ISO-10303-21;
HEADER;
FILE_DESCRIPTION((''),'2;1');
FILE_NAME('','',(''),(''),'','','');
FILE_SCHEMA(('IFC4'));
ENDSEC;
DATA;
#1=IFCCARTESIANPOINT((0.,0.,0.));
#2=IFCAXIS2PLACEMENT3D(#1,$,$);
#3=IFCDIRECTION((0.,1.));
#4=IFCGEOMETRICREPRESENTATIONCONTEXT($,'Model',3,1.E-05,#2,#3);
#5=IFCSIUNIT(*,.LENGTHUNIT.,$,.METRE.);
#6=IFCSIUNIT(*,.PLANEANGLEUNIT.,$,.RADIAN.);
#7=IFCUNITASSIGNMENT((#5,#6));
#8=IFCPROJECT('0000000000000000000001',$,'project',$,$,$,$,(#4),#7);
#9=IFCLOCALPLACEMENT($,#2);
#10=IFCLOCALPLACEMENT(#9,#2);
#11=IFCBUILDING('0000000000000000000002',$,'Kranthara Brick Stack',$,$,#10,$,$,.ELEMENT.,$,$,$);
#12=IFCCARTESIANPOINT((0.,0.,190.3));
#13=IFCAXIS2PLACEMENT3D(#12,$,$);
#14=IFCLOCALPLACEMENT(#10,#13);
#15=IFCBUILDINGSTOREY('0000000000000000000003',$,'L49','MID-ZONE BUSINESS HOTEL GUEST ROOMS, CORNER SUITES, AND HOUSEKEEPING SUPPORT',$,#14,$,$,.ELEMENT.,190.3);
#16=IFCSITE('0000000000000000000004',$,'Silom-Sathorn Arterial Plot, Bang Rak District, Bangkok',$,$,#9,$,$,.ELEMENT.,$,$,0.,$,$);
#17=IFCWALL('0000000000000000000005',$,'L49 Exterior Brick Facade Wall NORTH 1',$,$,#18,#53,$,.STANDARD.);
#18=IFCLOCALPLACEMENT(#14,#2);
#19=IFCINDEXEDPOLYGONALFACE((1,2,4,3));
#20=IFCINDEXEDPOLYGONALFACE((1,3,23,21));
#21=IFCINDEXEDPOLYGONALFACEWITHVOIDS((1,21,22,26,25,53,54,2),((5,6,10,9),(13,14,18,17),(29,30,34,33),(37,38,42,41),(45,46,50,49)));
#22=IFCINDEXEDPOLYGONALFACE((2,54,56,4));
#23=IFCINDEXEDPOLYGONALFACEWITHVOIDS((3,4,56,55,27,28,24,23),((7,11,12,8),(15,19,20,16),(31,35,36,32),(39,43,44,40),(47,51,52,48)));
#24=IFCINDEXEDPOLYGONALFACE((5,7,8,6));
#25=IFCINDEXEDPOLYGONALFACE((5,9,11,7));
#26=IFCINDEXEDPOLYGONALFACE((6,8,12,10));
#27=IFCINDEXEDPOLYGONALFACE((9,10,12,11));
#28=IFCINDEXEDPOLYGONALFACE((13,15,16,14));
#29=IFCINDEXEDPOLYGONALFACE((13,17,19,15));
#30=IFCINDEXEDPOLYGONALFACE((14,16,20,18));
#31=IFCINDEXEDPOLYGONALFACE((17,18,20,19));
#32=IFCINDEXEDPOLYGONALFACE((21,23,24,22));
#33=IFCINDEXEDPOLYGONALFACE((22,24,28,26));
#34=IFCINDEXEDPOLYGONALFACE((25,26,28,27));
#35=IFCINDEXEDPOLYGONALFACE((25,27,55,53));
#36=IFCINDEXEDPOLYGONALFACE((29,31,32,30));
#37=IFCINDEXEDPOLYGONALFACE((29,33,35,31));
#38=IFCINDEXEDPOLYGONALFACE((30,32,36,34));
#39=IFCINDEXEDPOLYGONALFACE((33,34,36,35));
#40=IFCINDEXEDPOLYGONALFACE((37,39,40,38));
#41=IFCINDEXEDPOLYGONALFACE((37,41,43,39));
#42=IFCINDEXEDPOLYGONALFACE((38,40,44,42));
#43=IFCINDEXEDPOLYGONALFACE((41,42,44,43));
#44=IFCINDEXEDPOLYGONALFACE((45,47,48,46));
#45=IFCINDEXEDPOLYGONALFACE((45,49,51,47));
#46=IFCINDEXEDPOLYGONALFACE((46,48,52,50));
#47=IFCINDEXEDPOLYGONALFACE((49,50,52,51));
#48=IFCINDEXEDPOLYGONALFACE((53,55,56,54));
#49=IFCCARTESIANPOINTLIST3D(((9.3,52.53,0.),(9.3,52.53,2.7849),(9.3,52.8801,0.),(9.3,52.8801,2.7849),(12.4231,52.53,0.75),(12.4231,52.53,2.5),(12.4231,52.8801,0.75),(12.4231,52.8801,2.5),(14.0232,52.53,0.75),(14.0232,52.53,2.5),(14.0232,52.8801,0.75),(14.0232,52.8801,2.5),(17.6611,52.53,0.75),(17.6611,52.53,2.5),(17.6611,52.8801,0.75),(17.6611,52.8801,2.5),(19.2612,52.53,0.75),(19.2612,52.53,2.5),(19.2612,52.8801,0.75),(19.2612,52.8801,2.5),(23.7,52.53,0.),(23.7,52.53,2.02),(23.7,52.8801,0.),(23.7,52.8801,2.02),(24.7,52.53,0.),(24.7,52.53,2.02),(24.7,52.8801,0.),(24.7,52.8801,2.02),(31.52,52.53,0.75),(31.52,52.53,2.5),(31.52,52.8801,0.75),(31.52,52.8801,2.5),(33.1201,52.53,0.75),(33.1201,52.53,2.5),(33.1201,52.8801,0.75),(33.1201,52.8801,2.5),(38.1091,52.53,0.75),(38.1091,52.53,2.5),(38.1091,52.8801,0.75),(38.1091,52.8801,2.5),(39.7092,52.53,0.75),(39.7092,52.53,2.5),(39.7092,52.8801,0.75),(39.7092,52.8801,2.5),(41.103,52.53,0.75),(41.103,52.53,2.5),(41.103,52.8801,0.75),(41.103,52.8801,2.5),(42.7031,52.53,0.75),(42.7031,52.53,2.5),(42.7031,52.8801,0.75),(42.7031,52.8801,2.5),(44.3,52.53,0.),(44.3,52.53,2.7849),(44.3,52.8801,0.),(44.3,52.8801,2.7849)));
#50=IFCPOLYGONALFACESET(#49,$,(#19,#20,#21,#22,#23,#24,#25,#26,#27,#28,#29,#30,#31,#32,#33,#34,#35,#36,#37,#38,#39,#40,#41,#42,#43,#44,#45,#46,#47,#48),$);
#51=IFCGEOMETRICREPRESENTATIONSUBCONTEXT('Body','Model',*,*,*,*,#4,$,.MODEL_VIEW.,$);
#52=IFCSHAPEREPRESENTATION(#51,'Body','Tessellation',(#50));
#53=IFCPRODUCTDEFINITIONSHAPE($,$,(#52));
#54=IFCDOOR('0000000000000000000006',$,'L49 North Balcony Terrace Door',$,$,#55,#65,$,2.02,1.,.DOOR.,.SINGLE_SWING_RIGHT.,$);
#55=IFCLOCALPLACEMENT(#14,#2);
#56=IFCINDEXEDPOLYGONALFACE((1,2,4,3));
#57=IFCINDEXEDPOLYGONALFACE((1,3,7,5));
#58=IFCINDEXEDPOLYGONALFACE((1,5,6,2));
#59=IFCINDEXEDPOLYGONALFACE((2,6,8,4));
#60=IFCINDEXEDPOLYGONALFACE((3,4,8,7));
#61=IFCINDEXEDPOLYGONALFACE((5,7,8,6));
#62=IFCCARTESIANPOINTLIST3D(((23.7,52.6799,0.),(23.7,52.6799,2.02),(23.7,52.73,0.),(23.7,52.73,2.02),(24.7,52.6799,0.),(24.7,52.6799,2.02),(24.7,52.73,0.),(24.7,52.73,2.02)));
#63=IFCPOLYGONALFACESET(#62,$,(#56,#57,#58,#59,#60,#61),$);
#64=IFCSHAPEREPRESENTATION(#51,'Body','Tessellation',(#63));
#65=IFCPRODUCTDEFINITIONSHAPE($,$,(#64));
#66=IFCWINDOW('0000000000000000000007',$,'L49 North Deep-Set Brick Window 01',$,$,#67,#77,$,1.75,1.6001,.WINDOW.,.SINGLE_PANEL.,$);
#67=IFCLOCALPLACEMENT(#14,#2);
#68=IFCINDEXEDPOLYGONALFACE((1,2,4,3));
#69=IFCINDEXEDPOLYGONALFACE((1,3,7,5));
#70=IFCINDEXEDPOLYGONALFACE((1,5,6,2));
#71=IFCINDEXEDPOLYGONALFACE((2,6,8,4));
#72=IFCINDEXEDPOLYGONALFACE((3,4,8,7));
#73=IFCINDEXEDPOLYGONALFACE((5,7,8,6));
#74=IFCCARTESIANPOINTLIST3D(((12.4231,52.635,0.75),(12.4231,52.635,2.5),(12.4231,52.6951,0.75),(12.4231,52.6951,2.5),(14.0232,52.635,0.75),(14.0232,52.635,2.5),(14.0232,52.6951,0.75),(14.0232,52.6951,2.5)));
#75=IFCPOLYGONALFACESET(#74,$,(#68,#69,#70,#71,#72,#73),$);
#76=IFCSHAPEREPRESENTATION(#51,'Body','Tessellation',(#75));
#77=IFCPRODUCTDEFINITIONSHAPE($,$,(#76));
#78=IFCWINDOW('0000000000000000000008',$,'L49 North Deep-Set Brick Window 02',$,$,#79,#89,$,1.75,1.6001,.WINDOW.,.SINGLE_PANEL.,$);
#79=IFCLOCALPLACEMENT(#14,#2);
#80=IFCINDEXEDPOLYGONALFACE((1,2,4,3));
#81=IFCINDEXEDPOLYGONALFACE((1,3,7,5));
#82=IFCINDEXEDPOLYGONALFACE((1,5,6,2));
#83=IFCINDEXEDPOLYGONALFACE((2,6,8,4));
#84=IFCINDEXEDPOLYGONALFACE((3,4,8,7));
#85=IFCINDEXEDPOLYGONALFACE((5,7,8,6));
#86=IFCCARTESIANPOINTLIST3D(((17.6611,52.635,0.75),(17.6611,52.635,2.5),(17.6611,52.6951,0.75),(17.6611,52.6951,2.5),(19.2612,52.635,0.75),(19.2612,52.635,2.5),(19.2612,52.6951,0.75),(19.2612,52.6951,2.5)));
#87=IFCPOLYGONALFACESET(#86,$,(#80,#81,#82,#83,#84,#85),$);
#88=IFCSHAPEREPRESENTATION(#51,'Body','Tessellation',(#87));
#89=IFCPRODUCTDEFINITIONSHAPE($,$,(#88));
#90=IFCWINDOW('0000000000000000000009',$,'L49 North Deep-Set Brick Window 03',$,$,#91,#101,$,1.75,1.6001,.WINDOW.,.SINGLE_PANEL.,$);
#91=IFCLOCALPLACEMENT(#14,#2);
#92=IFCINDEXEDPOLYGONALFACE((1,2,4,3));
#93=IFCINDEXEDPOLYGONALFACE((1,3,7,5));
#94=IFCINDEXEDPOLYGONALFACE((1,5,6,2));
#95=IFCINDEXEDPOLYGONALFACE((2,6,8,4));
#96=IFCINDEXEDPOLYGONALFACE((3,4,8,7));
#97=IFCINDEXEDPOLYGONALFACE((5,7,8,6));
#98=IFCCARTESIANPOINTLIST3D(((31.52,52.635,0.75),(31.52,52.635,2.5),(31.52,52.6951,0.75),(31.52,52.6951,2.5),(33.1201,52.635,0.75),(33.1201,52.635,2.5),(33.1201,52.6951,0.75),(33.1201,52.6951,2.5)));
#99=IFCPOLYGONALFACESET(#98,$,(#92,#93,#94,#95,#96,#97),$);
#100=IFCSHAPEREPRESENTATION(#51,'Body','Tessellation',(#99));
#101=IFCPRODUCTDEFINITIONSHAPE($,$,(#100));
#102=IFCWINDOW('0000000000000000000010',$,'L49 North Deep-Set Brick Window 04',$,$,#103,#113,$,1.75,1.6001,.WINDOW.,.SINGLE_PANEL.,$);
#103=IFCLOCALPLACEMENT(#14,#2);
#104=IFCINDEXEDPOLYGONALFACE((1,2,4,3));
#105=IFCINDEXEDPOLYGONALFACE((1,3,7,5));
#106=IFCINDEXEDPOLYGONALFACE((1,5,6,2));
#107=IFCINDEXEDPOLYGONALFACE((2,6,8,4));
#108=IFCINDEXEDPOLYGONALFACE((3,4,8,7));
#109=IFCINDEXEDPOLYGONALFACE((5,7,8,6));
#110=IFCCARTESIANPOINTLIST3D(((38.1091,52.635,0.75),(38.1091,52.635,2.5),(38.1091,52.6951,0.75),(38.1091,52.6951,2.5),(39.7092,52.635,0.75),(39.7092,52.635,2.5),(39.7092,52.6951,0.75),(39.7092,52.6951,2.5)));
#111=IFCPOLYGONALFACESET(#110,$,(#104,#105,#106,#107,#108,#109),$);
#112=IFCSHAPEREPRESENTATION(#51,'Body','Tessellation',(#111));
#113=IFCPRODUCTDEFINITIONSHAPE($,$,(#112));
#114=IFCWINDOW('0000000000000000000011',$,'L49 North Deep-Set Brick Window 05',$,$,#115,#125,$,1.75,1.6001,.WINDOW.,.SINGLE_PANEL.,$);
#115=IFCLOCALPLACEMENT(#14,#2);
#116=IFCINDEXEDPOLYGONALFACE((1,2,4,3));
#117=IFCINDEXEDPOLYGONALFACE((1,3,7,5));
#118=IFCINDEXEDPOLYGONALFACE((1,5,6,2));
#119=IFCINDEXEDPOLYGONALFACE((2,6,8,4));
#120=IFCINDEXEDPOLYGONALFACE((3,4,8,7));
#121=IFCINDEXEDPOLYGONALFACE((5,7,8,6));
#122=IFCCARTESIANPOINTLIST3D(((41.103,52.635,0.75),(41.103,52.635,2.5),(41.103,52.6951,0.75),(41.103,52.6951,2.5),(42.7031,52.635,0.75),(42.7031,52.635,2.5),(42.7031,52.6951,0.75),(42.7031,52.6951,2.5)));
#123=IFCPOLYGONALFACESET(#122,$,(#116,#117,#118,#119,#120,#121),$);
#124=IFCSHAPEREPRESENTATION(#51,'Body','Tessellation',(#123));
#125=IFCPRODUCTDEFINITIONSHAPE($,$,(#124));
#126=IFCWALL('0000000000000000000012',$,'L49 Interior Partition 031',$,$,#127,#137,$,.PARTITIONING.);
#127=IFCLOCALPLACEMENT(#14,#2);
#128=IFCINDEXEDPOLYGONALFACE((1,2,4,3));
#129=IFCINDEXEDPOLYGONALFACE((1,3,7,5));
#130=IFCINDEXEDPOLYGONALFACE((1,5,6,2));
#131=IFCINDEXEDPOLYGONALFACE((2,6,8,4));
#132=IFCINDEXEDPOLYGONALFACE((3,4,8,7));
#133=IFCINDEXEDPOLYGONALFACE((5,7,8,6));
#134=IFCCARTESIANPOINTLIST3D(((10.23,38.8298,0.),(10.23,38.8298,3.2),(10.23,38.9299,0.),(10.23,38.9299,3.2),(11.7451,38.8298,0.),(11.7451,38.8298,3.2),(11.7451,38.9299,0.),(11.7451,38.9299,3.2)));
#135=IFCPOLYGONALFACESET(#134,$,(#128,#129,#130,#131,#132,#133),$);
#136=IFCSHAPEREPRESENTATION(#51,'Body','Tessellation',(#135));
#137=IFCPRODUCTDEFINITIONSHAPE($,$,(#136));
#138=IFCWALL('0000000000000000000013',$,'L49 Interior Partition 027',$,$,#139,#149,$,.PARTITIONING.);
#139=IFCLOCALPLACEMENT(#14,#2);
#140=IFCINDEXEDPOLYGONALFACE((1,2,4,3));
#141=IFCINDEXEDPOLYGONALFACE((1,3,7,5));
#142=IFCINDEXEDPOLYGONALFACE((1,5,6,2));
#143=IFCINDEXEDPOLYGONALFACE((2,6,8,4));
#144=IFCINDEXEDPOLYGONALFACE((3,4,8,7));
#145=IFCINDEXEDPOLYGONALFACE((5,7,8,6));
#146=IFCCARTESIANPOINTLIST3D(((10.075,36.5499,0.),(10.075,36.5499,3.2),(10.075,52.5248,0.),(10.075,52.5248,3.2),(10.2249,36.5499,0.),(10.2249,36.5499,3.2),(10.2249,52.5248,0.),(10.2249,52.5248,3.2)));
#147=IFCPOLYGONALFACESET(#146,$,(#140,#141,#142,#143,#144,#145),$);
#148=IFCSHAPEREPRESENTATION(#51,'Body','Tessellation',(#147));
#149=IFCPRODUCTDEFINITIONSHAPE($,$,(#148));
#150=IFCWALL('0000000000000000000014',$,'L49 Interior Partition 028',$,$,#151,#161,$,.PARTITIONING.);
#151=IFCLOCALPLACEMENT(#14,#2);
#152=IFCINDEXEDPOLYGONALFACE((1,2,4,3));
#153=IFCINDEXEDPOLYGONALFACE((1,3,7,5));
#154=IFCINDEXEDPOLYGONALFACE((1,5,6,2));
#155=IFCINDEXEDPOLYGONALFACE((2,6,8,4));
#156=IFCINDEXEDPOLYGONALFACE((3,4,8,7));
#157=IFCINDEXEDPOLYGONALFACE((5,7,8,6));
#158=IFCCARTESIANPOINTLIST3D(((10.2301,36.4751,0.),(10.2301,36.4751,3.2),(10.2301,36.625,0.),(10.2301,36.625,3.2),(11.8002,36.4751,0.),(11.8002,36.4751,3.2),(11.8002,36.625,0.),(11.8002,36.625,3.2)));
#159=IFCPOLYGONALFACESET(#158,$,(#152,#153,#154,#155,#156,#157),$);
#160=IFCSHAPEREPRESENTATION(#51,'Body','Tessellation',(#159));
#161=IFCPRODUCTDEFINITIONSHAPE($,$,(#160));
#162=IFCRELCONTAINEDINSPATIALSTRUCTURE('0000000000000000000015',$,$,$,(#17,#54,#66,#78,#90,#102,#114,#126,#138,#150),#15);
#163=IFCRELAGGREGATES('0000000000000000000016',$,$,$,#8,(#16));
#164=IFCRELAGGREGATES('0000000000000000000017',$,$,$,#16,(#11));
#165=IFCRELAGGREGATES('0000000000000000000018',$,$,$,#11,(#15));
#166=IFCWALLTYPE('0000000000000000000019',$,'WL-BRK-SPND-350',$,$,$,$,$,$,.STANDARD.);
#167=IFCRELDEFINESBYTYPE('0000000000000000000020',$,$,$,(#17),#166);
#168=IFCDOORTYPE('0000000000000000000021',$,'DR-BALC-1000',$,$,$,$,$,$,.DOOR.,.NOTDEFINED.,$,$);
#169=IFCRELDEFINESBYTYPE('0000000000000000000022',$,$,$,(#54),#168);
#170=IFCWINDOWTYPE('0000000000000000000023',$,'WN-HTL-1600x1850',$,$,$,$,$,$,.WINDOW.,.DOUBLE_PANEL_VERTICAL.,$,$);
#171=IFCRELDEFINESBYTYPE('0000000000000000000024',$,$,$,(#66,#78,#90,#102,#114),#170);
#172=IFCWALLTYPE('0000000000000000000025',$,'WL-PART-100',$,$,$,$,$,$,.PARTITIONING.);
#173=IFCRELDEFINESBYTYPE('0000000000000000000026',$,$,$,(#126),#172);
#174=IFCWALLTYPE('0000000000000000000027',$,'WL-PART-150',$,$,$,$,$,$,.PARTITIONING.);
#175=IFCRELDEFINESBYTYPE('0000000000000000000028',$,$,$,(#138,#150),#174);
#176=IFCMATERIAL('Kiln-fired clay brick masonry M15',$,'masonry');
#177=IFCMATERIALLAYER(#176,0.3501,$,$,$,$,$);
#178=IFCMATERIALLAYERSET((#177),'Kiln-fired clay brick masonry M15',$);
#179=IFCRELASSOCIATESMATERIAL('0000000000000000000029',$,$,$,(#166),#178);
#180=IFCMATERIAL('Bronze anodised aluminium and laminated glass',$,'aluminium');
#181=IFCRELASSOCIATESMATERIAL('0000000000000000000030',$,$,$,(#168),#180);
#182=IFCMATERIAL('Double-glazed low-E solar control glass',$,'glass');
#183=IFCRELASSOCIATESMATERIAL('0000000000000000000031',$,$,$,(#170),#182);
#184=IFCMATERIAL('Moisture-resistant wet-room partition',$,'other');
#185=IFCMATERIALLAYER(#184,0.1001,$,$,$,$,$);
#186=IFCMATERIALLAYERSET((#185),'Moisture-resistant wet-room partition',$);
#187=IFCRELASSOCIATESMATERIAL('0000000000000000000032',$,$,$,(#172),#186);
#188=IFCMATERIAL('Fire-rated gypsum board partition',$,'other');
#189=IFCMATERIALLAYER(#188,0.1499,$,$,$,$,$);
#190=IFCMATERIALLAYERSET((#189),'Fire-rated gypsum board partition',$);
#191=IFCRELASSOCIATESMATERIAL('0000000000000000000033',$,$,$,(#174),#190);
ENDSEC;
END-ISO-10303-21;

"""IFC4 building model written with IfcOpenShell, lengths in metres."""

from ifc_helpers import new_model, si_unit, direction, frame, frame_2d, origin, place, context, subcontext, project, spatial, rectangle, extrude, material, layer, layer_set, type_object, element, fill, save


model = new_model("IFC4")

# Units and contexts
model_context = context("Model", 3, precision=1e-05, world=origin(), true_north=direction((0.0, 1.0)))
body_context = subcontext(model_context, "Body", "Model", "MODEL_VIEW")
ifc_project = project(units=[si_unit("LENGTHUNIT", "METRE"), si_unit("PLANEANGLEUNIT", "RADIAN")], contexts=[model_context])

# Site, building, storey
site_placement = place(None, origin())
site = spatial("IfcSite", under=ifc_project, at=site_placement, Name="Silom-Sathorn Arterial Plot, Bang Rak District, Bangkok", CompositionType="ELEMENT", RefElevation=0.0)
building_placement = place(site_placement, origin())
building = spatial("IfcBuilding", under=site, at=building_placement, Name="Kranthara Brick Stack", CompositionType="ELEMENT")
storey_placement = place(building_placement, frame((0.0, 0.0, 190.3)))
storey = spatial("IfcBuildingStorey", under=building, at=storey_placement, Name="L49", Description="MID-ZONE BUSINESS HOTEL GUEST ROOMS, CORNER SUITES, AND HOUSEKEEPING SUPPORT", CompositionType="ELEMENT", Elevation=190.3)

# Shared definitions
ifc_material_1 = material(Name="Kiln-fired clay brick masonry M15", Category="masonry")
ifc_layer_1 = layer(ifc_material_1, 0.3501)
ifc_layer_set_1 = layer_set([ifc_layer_1], Name="Kiln-fired clay brick masonry M15")
wall_type_1 = type_object("IfcWallType", Name="WL-BRK-SPND-350", PredefinedType="STANDARD", material=ifc_layer_set_1)

# Wall, openings, door, windows
wall_1_placement = place(storey_placement, frame((9.3, 52.7051, 0.0), z_axis=(0.0, 0.0, 1.0), x_axis=(1.0, 0.0, 0.0)))
wall_1 = element("IfcWall", 1, at=wall_1_placement, inside=storey, type_object=wall_type_1, Name="L49 Exterior Brick Facade Wall NORTH 1", PredefinedType="STANDARD", context=body_context, shape_type="SweptSolid", body=[
    extrude(rectangle(XDim=35.0, YDim=0.3501, at=frame_2d((17.5, 0.0))), origin(), (0.0, 0.0, 1.0), 2.7849),
])
opening_1_placement = place(wall_1_placement, frame((14.3999, 0.0, 0.0)))
opening_1 = element("IfcOpeningElement", 2, at=opening_1_placement, cuts=wall_1, PredefinedType="OPENING", context=body_context, shape_type="SweptSolid", body=[
    extrude(rectangle(XDim=1.0, YDim=2.02, at=frame_2d((0.5, 1.01))), frame((0.0, 0.1851, 0.0), z_axis=(0.0, -1.0, 0.0), x_axis=(1.0, 0.0, 0.0)), (0.0, 0.0, 1.0), 0.3701),
])
opening_2_placement = place(wall_1_placement, frame((3.123, 0.0, 0.75)))
opening_2 = element("IfcOpeningElement", 3, at=opening_2_placement, cuts=wall_1, PredefinedType="OPENING", context=body_context, shape_type="SweptSolid", body=[
    extrude(rectangle(XDim=1.6001, YDim=1.75, at=frame_2d((0.8, 0.875))), frame((0.0, 0.1851, 0.0), z_axis=(0.0, -1.0, 0.0), x_axis=(1.0, 0.0, 0.0)), (0.0, 0.0, 1.0), 0.3701),
])
opening_3_placement = place(wall_1_placement, frame((8.3611, 0.0, 0.75)))
opening_3 = element("IfcOpeningElement", 4, at=opening_3_placement, cuts=wall_1, PredefinedType="OPENING", context=body_context, shape_type="SweptSolid", body=[
    extrude(rectangle(XDim=1.6001, YDim=1.75, at=frame_2d((0.8, 0.875))), frame((0.0, 0.1851, 0.0), z_axis=(0.0, -1.0, 0.0), x_axis=(1.0, 0.0, 0.0)), (0.0, 0.0, 1.0), 0.3701),
])
opening_4_placement = place(wall_1_placement, frame((22.22, 0.0, 0.75)))
opening_4 = element("IfcOpeningElement", 5, at=opening_4_placement, cuts=wall_1, PredefinedType="OPENING", context=body_context, shape_type="SweptSolid", body=[
    extrude(rectangle(XDim=1.6001, YDim=1.75, at=frame_2d((0.8, 0.875))), frame((0.0, 0.1851, 0.0), z_axis=(0.0, -1.0, 0.0), x_axis=(1.0, 0.0, 0.0)), (0.0, 0.0, 1.0), 0.3701),
])
opening_5_placement = place(wall_1_placement, frame((28.8091, 0.0, 0.75)))
opening_5 = element("IfcOpeningElement", 6, at=opening_5_placement, cuts=wall_1, PredefinedType="OPENING", context=body_context, shape_type="SweptSolid", body=[
    extrude(rectangle(XDim=1.6001, YDim=1.75, at=frame_2d((0.8, 0.875))), frame((0.0, 0.1851, 0.0), z_axis=(0.0, -1.0, 0.0), x_axis=(1.0, 0.0, 0.0)), (0.0, 0.0, 1.0), 0.3701),
])
opening_6_placement = place(wall_1_placement, frame((31.803, 0.0, 0.75)))
opening_6 = element("IfcOpeningElement", 7, at=opening_6_placement, cuts=wall_1, PredefinedType="OPENING", context=body_context, shape_type="SweptSolid", body=[
    extrude(rectangle(XDim=1.6001, YDim=1.75, at=frame_2d((0.8, 0.875))), frame((0.0, 0.1851, 0.0), z_axis=(0.0, -1.0, 0.0), x_axis=(1.0, 0.0, 0.0)), (0.0, 0.0, 1.0), 0.3701),
])
ifc_material_2 = material(Name="Bronze anodised aluminium and laminated glass", Category="aluminium")
door_type = type_object("IfcDoorType", Name="DR-BALC-1000", OperationType="NOTDEFINED", PredefinedType="DOOR", material=ifc_material_2)
door_placement = place(opening_1_placement, origin())
door = element("IfcDoor", 8, at=door_placement, inside=storey, type_object=door_type, Name="L49 North Balcony Terrace Door", OperationType="SINGLE_SWING_RIGHT", OverallHeight=2.02, OverallWidth=1.0, PredefinedType="DOOR", context=body_context, shape_type="SweptSolid", body=[
    extrude(rectangle(XDim=1.0, YDim=2.02, at=frame_2d((0.5, 1.01))), frame((0.0, 0.0249, 0.0), z_axis=(0.0, -1.0, 0.0), x_axis=(1.0, 0.0, 0.0)), (0.0, 0.0, 1.0), 0.05),
])
fill(opening_1, door)
ifc_material_3 = material(Name="Double-glazed low-E solar control glass", Category="glass")
window_type_1 = type_object("IfcWindowType", Name="WN-HTL-1600x1850", PartitioningType="DOUBLE_PANEL_VERTICAL", PredefinedType="WINDOW", material=ifc_material_3)
window_1_placement = place(opening_2_placement, origin())
window_1 = element("IfcWindow", 9, at=window_1_placement, inside=storey, type_object=window_type_1, Name="L49 North Deep-Set Brick Window 01", OverallHeight=1.75, OverallWidth=1.6001, PartitioningType="SINGLE_PANEL", PredefinedType="WINDOW", context=body_context, shape_type="SweptSolid", body=[
    extrude(rectangle(XDim=1.6001, YDim=1.75, at=frame_2d((0.8, 0.875))), frame((0.0, -0.01, 0.0), z_axis=(0.0, -1.0, 0.0), x_axis=(1.0, 0.0, 0.0)), (0.0, 0.0, 1.0), 0.0601),
])
fill(opening_2, window_1)
window_2_placement = place(opening_3_placement, origin())
window_2 = element("IfcWindow", 10, at=window_2_placement, inside=storey, type_object=window_type_1, Name="L49 North Deep-Set Brick Window 02", OverallHeight=1.75, OverallWidth=1.6001, PartitioningType="SINGLE_PANEL", PredefinedType="WINDOW", context=body_context, shape_type="SweptSolid", body=[
    extrude(rectangle(XDim=1.6001, YDim=1.75, at=frame_2d((0.8, 0.875))), frame((0.0, -0.01, 0.0), z_axis=(0.0, -1.0, 0.0), x_axis=(1.0, 0.0, 0.0)), (0.0, 0.0, 1.0), 0.0601),
])
fill(opening_3, window_2)
window_3_placement = place(opening_4_placement, origin())
window_3 = element("IfcWindow", 11, at=window_3_placement, inside=storey, type_object=window_type_1, Name="L49 North Deep-Set Brick Window 03", OverallHeight=1.75, OverallWidth=1.6001, PartitioningType="SINGLE_PANEL", PredefinedType="WINDOW", context=body_context, shape_type="SweptSolid", body=[
    extrude(rectangle(XDim=1.6001, YDim=1.75, at=frame_2d((0.8, 0.875))), frame((0.0, -0.01, 0.0), z_axis=(0.0, -1.0, 0.0), x_axis=(1.0, 0.0, 0.0)), (0.0, 0.0, 1.0), 0.0601),
])
fill(opening_4, window_3)
window_4_placement = place(opening_5_placement, origin())
window_4 = element("IfcWindow", 12, at=window_4_placement, inside=storey, type_object=window_type_1, Name="L49 North Deep-Set Brick Window 04", OverallHeight=1.75, OverallWidth=1.6001, PartitioningType="SINGLE_PANEL", PredefinedType="WINDOW", context=body_context, shape_type="SweptSolid", body=[
    extrude(rectangle(XDim=1.6001, YDim=1.75, at=frame_2d((0.8, 0.875))), frame((0.0, -0.01, 0.0), z_axis=(0.0, -1.0, 0.0), x_axis=(1.0, 0.0, 0.0)), (0.0, 0.0, 1.0), 0.0601),
])
fill(opening_5, window_4)
window_5_placement = place(opening_6_placement, origin())
window_5 = element("IfcWindow", 13, at=window_5_placement, inside=storey, type_object=window_type_1, Name="L49 North Deep-Set Brick Window 05", OverallHeight=1.75, OverallWidth=1.6001, PartitioningType="SINGLE_PANEL", PredefinedType="WINDOW", context=body_context, shape_type="SweptSolid", body=[
    extrude(rectangle(XDim=1.6001, YDim=1.75, at=frame_2d((0.8, 0.875))), frame((0.0, -0.01, 0.0), z_axis=(0.0, -1.0, 0.0), x_axis=(1.0, 0.0, 0.0)), (0.0, 0.0, 1.0), 0.0601),
])
fill(opening_6, window_5)

# Walls
ifc_material_4 = material(Name="Moisture-resistant wet-room partition", Category="other")
ifc_layer_2 = layer(ifc_material_4, 0.1001)
ifc_layer_set_2 = layer_set([ifc_layer_2], Name="Moisture-resistant wet-room partition")
wall_type_2 = type_object("IfcWallType", Name="WL-PART-100", PredefinedType="PARTITIONING", material=ifc_layer_set_2)
wall_2_placement = place(storey_placement, frame((10.23, 38.8799, 0.0), z_axis=(0.0, 0.0, 1.0), x_axis=(1.0, 0.0, 0.0)))
element("IfcWall", 14, at=wall_2_placement, inside=storey, type_object=wall_type_2, Name="L49 Interior Partition 031", PredefinedType="PARTITIONING", context=body_context, shape_type="SweptSolid", body=[
    extrude(rectangle(XDim=1.5151, YDim=0.1001, at=frame_2d((0.7576, 0.0))), origin(), (0.0, 0.0, 1.0), 3.2),
])
ifc_material_5 = material(Name="Fire-rated gypsum board partition", Category="other")
ifc_layer_3 = layer(ifc_material_5, 0.1499)
ifc_layer_set_3 = layer_set([ifc_layer_3], Name="Fire-rated gypsum board partition")
wall_type_3 = type_object("IfcWallType", Name="WL-PART-150", PredefinedType="PARTITIONING", material=ifc_layer_set_3)
wall_3_placement = place(storey_placement, frame((10.1499, 36.55, 0.0), z_axis=(0.0, 0.0, 1.0), x_axis=(0.0, 1.0, 0.0)))
element("IfcWall", 15, at=wall_3_placement, inside=storey, type_object=wall_type_3, Name="L49 Interior Partition 027", PredefinedType="PARTITIONING", context=body_context, shape_type="SweptSolid", body=[
    extrude(rectangle(XDim=15.9749, YDim=0.1499, at=frame_2d((7.9873, 0.0))), origin(), (0.0, 0.0, 1.0), 3.2),
])
wall_4_placement = place(storey_placement, frame((10.23, 36.55, 0.0), z_axis=(0.0, 0.0, 1.0), x_axis=(1.0, 0.0, 0.0)))
element("IfcWall", 16, at=wall_4_placement, inside=storey, type_object=wall_type_3, Name="L49 Interior Partition 028", PredefinedType="PARTITIONING", context=body_context, shape_type="SweptSolid", body=[
    extrude(rectangle(XDim=1.5701, YDim=0.1499, at=frame_2d((0.7852, 0.0))), origin(), (0.0, 0.0, 1.0), 3.2),
])

save(model, "model.ifc")
